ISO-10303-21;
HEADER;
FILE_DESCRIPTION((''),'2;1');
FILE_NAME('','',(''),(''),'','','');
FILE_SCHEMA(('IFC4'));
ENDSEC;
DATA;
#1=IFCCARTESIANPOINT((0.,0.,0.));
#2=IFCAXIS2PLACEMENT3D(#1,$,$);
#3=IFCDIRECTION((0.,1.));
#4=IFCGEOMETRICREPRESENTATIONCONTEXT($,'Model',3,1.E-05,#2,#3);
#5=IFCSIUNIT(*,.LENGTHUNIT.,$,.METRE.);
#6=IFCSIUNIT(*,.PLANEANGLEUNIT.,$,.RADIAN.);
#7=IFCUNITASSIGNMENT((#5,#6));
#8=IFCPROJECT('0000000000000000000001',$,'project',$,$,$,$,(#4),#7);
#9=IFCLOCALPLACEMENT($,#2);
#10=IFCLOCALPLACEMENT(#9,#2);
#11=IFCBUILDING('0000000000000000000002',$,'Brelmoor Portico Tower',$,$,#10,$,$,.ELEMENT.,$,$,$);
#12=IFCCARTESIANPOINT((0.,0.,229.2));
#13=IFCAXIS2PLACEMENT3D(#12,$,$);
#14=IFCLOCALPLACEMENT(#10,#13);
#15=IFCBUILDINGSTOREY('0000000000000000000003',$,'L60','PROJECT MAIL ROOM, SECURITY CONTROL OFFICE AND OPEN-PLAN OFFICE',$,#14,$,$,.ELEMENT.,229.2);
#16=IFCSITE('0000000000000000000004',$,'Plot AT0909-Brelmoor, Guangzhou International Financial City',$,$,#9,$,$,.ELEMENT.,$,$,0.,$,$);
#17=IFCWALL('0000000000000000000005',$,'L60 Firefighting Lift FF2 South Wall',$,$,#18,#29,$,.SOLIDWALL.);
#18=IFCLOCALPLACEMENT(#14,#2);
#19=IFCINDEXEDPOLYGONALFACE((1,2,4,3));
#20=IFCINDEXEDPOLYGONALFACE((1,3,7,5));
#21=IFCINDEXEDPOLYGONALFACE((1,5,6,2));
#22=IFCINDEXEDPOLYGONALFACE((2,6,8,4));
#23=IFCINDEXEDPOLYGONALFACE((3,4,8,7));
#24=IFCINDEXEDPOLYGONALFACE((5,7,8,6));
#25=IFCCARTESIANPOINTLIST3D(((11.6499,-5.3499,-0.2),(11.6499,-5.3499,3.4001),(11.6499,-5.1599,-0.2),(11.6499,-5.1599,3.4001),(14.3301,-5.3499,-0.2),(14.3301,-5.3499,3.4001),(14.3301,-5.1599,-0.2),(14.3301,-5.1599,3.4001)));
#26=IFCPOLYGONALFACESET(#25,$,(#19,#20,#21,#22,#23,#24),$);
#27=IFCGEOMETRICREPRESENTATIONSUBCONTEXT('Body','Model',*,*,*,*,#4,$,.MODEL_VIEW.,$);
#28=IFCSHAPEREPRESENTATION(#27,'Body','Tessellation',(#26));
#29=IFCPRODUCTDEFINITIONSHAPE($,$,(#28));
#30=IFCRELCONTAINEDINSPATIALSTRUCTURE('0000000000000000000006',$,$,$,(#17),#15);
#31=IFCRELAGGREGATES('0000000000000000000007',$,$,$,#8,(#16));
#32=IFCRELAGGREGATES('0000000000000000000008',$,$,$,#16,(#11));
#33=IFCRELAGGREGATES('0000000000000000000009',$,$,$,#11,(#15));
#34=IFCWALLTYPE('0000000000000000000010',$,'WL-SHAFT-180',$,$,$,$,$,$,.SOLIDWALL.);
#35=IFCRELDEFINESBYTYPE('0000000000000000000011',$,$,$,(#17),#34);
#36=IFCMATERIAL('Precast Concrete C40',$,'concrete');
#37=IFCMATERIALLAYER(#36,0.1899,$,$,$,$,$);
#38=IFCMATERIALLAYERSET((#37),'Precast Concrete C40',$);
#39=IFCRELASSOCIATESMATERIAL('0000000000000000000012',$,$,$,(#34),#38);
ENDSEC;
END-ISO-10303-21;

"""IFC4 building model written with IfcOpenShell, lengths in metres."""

from ifc_helpers import new_model, si_unit, direction, frame, frame_2d, origin, place, context, subcontext, project, spatial, rectangle, extrude, material, layer, layer_set, type_object, element, save


model = new_model("IFC4")

# Units and contexts
model_context = context("Model", 3, precision=1e-05, world=origin(), true_north=direction((0.0, 1.0)))
body_context = subcontext(model_context, "Body", "Model", "MODEL_VIEW")
ifc_project = project(units=[si_unit("LENGTHUNIT", "METRE"), si_unit("PLANEANGLEUNIT", "RADIAN")], contexts=[model_context])

# Site, building, storey
site_placement = place(None, origin())
site = spatial("IfcSite", under=ifc_project, at=site_placement, Name="Plot AT0909-Brelmoor, Guangzhou International Financial City", CompositionType="ELEMENT", RefElevation=0.0)
building_placement = place(site_placement, origin())
building = spatial("IfcBuilding", under=site, at=building_placement, Name="Brelmoor Portico Tower", CompositionType="ELEMENT")
storey_placement = place(building_placement, frame((0.0, 0.0, 229.2)))
storey = spatial("IfcBuildingStorey", under=building, at=storey_placement, Name="L60", Description="PROJECT MAIL ROOM, SECURITY CONTROL OFFICE AND OPEN-PLAN OFFICE", CompositionType="ELEMENT", Elevation=229.2)

# Shared definitions
ifc_material_1 = material(Name="Precast Concrete C40", Category="concrete")
ifc_layer_1 = layer(ifc_material_1, 0.1899)
ifc_layer_set_1 = layer_set([ifc_layer_1], Name="Precast Concrete C40")
wall_type_1 = type_object("IfcWallType", Name="WL-SHAFT-180", PredefinedType="SOLIDWALL", material=ifc_layer_set_1)

# Wall
wall_1_placement = place(storey_placement, frame((11.6499, -5.2549, -0.2), z_axis=(0.0, 0.0, 1.0), x_axis=(1.0, 0.0, 0.0)))
element("IfcWall", 1, at=wall_1_placement, inside=storey, type_object=wall_type_1, Name="L60 Firefighting Lift FF2 South Wall", PredefinedType="SOLIDWALL", context=body_context, shape_type="SweptSolid", body=[
    extrude(rectangle(XDim=2.6802, YDim=0.1899, at=frame_2d((1.3401, 0.0))), origin(), (0.0, 0.0, 1.0), 3.6001),
])

save(model, "model.ifc")
